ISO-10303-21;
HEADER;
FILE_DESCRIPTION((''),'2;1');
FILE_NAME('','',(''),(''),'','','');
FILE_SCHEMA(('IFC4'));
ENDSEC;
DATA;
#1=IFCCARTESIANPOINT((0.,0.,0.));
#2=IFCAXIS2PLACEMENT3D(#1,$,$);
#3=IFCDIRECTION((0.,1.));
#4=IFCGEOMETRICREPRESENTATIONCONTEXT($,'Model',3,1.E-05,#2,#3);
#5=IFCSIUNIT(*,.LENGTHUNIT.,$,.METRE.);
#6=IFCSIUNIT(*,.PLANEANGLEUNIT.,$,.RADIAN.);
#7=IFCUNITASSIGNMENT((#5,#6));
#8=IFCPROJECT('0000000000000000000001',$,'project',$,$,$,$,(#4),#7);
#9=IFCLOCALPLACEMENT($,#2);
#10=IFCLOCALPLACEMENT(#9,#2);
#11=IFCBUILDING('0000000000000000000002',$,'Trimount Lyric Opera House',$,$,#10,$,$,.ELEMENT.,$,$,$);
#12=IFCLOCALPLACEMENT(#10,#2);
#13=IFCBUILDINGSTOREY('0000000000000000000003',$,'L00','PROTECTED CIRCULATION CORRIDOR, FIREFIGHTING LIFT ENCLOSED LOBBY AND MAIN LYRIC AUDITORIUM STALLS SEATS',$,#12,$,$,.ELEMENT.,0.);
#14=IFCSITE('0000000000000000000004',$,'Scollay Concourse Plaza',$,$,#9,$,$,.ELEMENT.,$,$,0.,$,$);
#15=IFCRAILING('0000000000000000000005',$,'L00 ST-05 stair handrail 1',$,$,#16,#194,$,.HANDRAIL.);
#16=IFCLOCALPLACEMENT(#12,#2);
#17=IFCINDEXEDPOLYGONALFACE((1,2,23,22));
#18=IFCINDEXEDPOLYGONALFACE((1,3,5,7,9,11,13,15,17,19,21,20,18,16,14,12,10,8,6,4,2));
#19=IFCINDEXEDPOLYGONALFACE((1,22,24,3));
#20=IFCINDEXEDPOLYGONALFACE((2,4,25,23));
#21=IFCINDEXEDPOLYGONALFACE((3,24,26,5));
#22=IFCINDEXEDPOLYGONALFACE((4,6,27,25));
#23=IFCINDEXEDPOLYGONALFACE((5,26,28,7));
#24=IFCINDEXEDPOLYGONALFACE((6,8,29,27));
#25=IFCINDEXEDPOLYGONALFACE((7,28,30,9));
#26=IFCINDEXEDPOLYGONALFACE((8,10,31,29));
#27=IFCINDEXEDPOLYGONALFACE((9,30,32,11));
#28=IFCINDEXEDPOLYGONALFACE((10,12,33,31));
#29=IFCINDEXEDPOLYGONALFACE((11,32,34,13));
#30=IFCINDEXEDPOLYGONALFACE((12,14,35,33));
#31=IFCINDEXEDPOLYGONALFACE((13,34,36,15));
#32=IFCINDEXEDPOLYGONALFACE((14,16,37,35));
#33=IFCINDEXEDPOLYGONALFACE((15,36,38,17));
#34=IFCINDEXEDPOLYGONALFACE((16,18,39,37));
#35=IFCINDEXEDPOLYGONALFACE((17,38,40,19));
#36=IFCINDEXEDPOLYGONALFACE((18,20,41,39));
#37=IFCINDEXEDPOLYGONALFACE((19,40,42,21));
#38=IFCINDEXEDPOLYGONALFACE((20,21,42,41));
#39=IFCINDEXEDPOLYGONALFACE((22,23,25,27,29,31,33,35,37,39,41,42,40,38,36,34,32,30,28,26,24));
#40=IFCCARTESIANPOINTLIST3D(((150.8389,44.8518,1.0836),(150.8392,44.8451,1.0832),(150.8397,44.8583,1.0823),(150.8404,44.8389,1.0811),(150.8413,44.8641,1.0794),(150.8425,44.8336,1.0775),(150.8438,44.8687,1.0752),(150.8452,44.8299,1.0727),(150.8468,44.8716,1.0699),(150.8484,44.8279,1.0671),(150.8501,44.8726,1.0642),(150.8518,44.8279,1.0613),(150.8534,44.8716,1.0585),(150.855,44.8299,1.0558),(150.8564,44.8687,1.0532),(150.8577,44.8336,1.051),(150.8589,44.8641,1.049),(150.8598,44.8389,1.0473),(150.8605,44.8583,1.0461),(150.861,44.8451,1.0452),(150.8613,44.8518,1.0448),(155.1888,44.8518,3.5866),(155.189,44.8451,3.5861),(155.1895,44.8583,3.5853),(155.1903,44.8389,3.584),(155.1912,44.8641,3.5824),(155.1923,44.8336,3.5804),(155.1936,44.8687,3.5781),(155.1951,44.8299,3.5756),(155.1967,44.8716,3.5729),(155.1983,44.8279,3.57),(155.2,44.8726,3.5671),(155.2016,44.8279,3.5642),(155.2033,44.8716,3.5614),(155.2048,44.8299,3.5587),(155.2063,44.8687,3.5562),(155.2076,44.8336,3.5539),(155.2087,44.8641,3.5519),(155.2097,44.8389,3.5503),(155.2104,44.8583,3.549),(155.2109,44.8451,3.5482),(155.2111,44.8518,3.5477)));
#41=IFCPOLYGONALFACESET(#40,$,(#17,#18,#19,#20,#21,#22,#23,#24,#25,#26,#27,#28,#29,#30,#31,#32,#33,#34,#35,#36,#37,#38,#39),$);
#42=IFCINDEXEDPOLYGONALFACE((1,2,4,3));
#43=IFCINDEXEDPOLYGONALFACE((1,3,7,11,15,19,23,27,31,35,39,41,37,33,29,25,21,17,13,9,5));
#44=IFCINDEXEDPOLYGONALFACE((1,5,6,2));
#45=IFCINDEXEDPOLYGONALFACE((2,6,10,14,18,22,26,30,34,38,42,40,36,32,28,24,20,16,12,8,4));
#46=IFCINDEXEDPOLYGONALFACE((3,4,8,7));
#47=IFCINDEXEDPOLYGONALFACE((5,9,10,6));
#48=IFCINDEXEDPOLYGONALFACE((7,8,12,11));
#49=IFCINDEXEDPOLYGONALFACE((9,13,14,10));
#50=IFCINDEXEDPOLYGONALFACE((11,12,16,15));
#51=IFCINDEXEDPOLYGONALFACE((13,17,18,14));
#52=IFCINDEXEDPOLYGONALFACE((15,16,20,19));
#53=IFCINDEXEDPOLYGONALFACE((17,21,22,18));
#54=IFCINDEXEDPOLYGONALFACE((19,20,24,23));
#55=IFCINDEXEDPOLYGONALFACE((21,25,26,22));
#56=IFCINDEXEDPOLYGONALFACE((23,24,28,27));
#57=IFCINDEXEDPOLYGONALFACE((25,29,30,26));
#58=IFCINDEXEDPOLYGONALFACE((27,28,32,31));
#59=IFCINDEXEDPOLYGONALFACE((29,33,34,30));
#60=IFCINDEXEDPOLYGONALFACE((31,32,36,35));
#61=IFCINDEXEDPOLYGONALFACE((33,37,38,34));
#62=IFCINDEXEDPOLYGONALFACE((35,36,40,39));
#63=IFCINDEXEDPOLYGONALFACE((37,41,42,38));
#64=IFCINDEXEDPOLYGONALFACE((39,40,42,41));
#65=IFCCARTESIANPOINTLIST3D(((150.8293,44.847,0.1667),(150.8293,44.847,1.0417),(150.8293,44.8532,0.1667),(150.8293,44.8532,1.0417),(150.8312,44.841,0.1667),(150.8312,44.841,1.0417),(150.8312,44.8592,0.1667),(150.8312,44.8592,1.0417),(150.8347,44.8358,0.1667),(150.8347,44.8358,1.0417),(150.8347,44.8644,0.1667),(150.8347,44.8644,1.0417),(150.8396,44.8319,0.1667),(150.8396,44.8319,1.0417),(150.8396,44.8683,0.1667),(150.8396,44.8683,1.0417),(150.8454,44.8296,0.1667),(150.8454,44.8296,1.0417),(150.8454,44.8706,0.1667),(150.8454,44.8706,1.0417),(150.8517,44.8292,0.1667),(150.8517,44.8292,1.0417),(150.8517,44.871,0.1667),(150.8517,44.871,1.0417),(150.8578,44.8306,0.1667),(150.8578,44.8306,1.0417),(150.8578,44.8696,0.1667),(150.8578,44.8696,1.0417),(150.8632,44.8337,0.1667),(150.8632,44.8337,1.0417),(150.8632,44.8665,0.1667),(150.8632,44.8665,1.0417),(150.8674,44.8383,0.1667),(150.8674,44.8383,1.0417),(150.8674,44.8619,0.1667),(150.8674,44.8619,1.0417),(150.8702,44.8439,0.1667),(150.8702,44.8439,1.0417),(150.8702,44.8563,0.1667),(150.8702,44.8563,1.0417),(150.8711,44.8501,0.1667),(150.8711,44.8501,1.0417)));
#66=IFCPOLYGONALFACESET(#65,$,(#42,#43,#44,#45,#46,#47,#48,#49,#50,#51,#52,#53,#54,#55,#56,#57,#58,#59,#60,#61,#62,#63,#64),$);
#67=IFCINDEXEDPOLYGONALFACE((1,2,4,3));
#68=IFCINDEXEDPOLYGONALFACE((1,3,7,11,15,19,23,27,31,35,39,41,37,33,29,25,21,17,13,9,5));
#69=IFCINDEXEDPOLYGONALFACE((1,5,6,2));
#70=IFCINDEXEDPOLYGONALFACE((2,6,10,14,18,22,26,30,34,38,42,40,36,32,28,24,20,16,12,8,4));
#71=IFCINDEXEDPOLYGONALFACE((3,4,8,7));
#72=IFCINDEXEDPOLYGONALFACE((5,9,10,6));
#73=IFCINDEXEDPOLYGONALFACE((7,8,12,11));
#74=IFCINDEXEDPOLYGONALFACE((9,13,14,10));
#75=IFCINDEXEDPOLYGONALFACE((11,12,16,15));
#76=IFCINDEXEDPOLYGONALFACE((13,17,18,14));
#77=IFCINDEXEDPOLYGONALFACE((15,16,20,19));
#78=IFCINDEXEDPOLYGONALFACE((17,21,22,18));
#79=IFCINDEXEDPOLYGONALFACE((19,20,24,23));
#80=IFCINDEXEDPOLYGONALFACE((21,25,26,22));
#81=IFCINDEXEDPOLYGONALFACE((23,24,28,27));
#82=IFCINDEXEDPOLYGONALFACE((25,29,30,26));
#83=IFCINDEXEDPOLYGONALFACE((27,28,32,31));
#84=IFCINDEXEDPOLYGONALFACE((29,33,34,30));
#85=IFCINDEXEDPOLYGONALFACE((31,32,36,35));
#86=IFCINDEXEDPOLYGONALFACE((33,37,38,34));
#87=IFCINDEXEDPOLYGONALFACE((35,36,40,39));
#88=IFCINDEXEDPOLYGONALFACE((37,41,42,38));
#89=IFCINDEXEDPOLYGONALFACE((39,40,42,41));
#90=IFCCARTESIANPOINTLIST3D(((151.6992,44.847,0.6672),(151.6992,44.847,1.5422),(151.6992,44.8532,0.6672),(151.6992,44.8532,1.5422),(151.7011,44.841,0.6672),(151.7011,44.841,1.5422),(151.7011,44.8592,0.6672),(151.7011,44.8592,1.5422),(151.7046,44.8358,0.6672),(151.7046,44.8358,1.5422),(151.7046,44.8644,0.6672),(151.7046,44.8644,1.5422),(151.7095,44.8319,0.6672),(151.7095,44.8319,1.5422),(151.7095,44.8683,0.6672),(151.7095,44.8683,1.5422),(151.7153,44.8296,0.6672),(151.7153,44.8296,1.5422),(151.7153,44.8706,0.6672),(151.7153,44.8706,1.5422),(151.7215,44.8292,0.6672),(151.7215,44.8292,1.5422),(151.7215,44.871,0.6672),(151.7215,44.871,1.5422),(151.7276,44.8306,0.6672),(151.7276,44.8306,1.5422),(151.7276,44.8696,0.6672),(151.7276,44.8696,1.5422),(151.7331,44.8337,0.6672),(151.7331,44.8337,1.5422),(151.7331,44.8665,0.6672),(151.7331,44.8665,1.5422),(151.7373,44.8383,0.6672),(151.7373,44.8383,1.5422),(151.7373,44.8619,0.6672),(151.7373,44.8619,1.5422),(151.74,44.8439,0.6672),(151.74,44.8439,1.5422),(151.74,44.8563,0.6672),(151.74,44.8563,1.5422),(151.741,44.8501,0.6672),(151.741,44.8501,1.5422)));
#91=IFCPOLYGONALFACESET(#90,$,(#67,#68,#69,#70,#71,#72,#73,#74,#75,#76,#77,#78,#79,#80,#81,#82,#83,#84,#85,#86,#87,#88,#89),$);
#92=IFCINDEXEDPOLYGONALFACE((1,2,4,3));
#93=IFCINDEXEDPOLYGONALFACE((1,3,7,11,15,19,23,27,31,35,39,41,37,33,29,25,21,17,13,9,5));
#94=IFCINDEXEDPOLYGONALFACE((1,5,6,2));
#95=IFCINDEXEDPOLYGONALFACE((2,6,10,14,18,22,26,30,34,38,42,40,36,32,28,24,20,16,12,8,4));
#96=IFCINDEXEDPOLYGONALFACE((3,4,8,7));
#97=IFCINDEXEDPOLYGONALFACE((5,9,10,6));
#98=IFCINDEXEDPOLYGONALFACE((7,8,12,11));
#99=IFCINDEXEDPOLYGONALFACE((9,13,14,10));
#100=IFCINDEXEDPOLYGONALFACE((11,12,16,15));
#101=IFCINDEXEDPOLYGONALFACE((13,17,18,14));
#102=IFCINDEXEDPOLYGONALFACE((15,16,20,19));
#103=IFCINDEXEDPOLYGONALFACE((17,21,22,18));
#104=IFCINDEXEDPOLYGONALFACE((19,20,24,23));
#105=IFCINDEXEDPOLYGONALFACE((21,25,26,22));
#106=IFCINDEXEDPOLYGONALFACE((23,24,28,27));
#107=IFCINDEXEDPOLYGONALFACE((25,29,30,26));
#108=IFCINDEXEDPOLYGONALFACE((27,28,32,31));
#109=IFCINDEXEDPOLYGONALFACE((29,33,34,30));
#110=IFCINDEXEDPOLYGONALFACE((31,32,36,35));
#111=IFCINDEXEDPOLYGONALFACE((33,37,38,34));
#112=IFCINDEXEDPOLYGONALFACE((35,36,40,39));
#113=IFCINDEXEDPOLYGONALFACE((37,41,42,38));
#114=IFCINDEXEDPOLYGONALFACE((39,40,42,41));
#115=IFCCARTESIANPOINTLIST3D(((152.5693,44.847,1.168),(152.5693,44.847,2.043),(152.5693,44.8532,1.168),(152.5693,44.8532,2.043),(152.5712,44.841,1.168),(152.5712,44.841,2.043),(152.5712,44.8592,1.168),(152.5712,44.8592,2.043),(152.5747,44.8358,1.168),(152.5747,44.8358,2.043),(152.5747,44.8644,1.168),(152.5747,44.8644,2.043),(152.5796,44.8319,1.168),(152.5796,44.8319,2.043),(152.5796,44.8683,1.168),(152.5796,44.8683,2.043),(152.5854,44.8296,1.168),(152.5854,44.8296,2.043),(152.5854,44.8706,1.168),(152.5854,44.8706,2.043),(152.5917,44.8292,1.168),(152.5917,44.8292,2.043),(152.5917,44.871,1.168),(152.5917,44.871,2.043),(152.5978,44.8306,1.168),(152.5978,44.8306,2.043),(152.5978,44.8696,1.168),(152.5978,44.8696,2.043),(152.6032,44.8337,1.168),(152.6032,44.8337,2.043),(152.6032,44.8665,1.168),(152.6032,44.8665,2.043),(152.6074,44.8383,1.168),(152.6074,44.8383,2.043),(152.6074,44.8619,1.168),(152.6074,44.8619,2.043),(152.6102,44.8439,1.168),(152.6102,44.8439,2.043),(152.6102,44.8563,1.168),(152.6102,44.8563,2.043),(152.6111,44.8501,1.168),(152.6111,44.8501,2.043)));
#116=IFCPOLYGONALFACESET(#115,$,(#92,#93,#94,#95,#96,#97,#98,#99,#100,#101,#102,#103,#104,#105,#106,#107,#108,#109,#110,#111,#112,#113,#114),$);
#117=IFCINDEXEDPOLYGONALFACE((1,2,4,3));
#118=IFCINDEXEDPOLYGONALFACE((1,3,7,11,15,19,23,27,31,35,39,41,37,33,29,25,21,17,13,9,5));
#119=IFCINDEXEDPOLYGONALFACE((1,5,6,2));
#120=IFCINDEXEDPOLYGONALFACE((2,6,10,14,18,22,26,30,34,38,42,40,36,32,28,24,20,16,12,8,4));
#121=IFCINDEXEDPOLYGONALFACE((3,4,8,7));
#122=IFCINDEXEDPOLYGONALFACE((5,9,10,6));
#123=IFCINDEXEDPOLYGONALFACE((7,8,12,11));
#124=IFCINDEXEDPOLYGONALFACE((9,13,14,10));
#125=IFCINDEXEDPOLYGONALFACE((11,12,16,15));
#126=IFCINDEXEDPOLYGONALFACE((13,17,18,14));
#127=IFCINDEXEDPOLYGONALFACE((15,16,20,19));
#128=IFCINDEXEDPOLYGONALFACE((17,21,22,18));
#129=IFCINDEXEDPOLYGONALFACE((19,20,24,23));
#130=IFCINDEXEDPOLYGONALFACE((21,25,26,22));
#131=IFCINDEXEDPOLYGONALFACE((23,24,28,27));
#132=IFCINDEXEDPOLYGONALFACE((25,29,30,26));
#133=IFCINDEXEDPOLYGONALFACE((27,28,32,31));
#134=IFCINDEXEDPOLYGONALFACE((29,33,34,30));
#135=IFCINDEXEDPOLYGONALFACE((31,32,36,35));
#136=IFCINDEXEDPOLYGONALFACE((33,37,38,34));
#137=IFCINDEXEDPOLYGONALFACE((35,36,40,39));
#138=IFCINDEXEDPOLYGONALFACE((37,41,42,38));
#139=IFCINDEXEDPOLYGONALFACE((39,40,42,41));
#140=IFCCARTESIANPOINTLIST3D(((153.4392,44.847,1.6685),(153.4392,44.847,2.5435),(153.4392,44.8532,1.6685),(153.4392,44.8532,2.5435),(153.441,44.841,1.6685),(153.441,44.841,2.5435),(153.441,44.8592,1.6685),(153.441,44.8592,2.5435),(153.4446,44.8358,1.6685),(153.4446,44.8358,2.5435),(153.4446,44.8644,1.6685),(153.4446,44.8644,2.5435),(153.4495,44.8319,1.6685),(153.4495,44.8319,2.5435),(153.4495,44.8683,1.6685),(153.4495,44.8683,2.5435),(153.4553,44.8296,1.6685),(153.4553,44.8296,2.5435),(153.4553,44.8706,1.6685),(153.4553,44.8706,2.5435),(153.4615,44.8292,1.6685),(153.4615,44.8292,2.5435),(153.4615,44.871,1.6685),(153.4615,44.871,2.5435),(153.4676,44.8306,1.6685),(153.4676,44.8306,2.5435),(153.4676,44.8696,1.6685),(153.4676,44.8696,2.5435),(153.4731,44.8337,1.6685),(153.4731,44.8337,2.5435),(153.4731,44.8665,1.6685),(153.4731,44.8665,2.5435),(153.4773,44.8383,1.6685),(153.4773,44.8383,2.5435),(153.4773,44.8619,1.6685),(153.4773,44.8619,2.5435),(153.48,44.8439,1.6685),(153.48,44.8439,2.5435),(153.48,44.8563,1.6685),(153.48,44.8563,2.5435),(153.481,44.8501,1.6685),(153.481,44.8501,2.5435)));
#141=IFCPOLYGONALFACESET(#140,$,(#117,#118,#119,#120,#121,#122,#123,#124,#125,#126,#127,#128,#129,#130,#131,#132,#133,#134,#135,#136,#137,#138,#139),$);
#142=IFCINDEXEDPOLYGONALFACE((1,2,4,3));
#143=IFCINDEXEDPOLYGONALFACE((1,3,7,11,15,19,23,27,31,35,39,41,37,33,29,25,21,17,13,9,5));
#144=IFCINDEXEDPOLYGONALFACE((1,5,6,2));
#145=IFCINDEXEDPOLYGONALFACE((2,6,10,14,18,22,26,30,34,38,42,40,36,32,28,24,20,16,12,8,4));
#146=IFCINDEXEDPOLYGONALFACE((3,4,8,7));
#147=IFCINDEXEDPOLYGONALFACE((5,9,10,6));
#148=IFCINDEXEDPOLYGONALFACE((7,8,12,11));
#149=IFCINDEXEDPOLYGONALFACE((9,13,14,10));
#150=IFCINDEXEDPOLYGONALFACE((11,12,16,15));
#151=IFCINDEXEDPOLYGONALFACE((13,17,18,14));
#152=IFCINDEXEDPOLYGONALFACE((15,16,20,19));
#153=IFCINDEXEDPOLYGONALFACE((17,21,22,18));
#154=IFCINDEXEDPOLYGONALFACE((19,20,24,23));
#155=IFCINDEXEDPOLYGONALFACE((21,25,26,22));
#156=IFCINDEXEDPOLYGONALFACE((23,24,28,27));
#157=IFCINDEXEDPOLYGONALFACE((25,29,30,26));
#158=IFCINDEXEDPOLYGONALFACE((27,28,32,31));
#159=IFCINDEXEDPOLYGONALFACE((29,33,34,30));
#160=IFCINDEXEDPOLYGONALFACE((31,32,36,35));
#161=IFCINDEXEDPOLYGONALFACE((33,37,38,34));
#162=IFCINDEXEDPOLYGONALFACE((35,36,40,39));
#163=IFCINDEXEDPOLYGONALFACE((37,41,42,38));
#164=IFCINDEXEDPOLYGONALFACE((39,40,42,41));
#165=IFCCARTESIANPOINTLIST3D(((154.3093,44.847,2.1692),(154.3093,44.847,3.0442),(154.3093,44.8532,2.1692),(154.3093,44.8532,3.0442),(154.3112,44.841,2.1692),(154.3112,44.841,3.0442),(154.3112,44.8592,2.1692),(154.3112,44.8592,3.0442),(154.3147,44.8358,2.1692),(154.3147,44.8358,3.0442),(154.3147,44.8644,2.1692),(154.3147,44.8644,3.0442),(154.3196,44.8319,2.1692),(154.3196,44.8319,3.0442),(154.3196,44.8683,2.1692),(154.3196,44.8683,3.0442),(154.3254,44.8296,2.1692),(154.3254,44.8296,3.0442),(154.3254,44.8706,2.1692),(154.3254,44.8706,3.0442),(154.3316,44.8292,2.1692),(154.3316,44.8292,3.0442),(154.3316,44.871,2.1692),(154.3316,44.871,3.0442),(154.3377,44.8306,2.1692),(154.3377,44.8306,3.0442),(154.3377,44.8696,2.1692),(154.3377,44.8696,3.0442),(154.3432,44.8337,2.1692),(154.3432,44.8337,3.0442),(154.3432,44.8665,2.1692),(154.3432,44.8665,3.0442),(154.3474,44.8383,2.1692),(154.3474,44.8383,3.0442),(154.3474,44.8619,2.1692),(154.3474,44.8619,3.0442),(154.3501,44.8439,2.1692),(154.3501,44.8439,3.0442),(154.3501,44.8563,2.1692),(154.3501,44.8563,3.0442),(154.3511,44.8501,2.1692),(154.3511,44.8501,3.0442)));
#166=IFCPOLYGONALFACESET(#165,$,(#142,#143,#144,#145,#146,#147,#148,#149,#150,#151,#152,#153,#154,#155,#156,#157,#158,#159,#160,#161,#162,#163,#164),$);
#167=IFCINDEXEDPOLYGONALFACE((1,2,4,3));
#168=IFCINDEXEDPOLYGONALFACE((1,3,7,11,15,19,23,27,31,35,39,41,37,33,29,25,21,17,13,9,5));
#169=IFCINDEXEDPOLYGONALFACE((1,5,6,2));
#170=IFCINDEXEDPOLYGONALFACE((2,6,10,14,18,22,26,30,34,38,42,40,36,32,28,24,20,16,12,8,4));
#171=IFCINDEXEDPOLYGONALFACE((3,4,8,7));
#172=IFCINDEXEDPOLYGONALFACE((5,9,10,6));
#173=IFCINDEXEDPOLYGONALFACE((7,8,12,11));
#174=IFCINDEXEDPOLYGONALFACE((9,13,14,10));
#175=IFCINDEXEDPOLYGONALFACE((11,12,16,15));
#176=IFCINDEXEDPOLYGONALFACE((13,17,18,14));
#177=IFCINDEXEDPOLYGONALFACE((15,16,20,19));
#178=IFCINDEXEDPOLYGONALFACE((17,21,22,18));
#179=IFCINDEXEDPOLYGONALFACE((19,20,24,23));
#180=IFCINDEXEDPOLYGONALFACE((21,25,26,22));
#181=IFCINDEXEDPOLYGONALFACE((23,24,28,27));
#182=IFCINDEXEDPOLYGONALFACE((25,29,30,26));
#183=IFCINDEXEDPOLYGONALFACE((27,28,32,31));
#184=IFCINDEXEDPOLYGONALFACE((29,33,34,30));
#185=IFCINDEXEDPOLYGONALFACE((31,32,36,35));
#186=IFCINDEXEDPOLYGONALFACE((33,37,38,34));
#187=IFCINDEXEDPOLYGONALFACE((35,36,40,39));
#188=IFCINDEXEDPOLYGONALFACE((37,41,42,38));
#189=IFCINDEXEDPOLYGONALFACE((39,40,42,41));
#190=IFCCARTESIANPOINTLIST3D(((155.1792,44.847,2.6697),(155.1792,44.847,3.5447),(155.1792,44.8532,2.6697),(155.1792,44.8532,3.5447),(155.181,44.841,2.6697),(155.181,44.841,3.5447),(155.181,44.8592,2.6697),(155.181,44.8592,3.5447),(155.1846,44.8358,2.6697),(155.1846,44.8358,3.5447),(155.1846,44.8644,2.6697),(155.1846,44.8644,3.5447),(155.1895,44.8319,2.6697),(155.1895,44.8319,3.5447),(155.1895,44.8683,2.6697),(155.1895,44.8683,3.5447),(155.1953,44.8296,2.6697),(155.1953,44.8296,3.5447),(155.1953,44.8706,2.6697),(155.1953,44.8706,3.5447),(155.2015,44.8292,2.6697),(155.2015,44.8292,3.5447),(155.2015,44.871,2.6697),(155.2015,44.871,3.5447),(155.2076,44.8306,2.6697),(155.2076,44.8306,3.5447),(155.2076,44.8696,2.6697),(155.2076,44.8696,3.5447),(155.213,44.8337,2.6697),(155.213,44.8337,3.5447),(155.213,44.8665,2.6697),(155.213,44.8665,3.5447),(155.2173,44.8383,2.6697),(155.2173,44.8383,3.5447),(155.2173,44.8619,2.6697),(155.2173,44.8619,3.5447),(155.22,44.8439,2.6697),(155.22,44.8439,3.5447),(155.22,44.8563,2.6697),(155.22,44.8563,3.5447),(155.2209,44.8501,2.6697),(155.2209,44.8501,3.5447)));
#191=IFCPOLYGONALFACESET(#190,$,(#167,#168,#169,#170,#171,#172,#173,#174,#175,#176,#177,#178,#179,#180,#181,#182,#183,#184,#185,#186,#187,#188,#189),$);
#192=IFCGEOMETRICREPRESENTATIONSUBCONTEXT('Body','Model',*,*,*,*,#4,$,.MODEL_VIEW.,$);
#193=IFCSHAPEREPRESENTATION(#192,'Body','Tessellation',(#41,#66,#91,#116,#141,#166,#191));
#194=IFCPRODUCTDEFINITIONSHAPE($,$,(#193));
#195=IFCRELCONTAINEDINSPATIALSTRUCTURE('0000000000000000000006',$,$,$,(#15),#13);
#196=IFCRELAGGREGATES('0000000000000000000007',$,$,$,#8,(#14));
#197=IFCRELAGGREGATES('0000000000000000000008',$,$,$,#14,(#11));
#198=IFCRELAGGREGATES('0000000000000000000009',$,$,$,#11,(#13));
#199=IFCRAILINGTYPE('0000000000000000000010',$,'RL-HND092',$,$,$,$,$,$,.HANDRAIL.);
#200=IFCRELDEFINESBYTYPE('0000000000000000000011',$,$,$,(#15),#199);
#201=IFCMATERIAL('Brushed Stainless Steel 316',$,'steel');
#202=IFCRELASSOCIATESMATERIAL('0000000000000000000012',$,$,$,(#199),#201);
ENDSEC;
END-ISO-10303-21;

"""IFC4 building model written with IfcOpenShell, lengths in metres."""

from ifc_helpers import new_model, si_unit, direction, frame, origin, origin_2d, place, context, subcontext, project, spatial, circle, extrude, material, type_object, element, save


model = new_model("IFC4")

# Units and contexts
model_context = context("Model", 3, precision=1e-05, world=origin(), true_north=direction((0.0, 1.0)))
body_context = subcontext(model_context, "Body", "Model", "MODEL_VIEW")
ifc_project = project(units=[si_unit("LENGTHUNIT", "METRE"), si_unit("PLANEANGLEUNIT", "RADIAN")], contexts=[model_context])

# Site, building, storey
site_placement = place(None, origin())
site = spatial("IfcSite", under=ifc_project, at=site_placement, Name="Scollay Concourse Plaza", CompositionType="ELEMENT", RefElevation=0.0)
building_placement = place(site_placement, origin())
building = spatial("IfcBuilding", under=site, at=building_placement, Name="Trimount Lyric Opera House", CompositionType="ELEMENT")
storey_placement = place(building_placement, origin())
storey = spatial("IfcBuildingStorey", under=building, at=storey_placement, Name="L00", Description="PROTECTED CIRCULATION CORRIDOR, FIREFIGHTING LIFT ENCLOSED LOBBY AND MAIN LYRIC AUDITORIUM STALLS SEATS", CompositionType="ELEMENT", Elevation=0.0)

# Railing
ifc_material_1 = material(Name="Brushed Stainless Steel 316", Category="steel")
railing_type_1 = type_object("IfcRailingType", Name="RL-HND092", PredefinedType="HANDRAIL", material=ifc_material_1)
railing_1_placement = place(storey_placement, frame((150.8501, 44.8501, 0.1667)))
element("IfcRailing", 1, at=railing_1_placement, inside=storey, type_object=railing_type_1, Name="L00 ST-05 stair handrail 1", PredefinedType="HANDRAIL", context=body_context, shape_type="SweptSolid", body=[
    extrude(circle(Radius=0.0225, at=origin_2d()), frame((0.0, 0.0, 0.8975), z_axis=(0.866754, 0.0, 0.498735), x_axis=(0.0, 1.0, 0.0)), (0.0, 0.0, 1.0), 5.0186),
    extrude(circle(Radius=0.021, at=origin_2d()), origin(), (0.0, 0.0, 1.0), 0.875),
    extrude(circle(Radius=0.021, at=origin_2d()), frame((0.8699, 0.0, 0.5005)), (0.0, 0.0, 1.0), 0.875),
    extrude(circle(Radius=0.021, at=origin_2d()), frame((1.74, 0.0, 1.0012)), (0.0, 0.0, 1.0), 0.875),
    extrude(circle(Radius=0.021, at=origin_2d()), frame((2.6099, 0.0, 1.5017)), (0.0, 0.0, 1.0), 0.875),
    extrude(circle(Radius=0.021, at=origin_2d()), frame((3.48, 0.0, 2.0024)), (0.0, 0.0, 1.0), 0.875),
    extrude(circle(Radius=0.021, at=origin_2d()), frame((4.3499, 0.0, 2.5029)), (0.0, 0.0, 1.0), 0.875),
])

save(model, "model.ifc")
